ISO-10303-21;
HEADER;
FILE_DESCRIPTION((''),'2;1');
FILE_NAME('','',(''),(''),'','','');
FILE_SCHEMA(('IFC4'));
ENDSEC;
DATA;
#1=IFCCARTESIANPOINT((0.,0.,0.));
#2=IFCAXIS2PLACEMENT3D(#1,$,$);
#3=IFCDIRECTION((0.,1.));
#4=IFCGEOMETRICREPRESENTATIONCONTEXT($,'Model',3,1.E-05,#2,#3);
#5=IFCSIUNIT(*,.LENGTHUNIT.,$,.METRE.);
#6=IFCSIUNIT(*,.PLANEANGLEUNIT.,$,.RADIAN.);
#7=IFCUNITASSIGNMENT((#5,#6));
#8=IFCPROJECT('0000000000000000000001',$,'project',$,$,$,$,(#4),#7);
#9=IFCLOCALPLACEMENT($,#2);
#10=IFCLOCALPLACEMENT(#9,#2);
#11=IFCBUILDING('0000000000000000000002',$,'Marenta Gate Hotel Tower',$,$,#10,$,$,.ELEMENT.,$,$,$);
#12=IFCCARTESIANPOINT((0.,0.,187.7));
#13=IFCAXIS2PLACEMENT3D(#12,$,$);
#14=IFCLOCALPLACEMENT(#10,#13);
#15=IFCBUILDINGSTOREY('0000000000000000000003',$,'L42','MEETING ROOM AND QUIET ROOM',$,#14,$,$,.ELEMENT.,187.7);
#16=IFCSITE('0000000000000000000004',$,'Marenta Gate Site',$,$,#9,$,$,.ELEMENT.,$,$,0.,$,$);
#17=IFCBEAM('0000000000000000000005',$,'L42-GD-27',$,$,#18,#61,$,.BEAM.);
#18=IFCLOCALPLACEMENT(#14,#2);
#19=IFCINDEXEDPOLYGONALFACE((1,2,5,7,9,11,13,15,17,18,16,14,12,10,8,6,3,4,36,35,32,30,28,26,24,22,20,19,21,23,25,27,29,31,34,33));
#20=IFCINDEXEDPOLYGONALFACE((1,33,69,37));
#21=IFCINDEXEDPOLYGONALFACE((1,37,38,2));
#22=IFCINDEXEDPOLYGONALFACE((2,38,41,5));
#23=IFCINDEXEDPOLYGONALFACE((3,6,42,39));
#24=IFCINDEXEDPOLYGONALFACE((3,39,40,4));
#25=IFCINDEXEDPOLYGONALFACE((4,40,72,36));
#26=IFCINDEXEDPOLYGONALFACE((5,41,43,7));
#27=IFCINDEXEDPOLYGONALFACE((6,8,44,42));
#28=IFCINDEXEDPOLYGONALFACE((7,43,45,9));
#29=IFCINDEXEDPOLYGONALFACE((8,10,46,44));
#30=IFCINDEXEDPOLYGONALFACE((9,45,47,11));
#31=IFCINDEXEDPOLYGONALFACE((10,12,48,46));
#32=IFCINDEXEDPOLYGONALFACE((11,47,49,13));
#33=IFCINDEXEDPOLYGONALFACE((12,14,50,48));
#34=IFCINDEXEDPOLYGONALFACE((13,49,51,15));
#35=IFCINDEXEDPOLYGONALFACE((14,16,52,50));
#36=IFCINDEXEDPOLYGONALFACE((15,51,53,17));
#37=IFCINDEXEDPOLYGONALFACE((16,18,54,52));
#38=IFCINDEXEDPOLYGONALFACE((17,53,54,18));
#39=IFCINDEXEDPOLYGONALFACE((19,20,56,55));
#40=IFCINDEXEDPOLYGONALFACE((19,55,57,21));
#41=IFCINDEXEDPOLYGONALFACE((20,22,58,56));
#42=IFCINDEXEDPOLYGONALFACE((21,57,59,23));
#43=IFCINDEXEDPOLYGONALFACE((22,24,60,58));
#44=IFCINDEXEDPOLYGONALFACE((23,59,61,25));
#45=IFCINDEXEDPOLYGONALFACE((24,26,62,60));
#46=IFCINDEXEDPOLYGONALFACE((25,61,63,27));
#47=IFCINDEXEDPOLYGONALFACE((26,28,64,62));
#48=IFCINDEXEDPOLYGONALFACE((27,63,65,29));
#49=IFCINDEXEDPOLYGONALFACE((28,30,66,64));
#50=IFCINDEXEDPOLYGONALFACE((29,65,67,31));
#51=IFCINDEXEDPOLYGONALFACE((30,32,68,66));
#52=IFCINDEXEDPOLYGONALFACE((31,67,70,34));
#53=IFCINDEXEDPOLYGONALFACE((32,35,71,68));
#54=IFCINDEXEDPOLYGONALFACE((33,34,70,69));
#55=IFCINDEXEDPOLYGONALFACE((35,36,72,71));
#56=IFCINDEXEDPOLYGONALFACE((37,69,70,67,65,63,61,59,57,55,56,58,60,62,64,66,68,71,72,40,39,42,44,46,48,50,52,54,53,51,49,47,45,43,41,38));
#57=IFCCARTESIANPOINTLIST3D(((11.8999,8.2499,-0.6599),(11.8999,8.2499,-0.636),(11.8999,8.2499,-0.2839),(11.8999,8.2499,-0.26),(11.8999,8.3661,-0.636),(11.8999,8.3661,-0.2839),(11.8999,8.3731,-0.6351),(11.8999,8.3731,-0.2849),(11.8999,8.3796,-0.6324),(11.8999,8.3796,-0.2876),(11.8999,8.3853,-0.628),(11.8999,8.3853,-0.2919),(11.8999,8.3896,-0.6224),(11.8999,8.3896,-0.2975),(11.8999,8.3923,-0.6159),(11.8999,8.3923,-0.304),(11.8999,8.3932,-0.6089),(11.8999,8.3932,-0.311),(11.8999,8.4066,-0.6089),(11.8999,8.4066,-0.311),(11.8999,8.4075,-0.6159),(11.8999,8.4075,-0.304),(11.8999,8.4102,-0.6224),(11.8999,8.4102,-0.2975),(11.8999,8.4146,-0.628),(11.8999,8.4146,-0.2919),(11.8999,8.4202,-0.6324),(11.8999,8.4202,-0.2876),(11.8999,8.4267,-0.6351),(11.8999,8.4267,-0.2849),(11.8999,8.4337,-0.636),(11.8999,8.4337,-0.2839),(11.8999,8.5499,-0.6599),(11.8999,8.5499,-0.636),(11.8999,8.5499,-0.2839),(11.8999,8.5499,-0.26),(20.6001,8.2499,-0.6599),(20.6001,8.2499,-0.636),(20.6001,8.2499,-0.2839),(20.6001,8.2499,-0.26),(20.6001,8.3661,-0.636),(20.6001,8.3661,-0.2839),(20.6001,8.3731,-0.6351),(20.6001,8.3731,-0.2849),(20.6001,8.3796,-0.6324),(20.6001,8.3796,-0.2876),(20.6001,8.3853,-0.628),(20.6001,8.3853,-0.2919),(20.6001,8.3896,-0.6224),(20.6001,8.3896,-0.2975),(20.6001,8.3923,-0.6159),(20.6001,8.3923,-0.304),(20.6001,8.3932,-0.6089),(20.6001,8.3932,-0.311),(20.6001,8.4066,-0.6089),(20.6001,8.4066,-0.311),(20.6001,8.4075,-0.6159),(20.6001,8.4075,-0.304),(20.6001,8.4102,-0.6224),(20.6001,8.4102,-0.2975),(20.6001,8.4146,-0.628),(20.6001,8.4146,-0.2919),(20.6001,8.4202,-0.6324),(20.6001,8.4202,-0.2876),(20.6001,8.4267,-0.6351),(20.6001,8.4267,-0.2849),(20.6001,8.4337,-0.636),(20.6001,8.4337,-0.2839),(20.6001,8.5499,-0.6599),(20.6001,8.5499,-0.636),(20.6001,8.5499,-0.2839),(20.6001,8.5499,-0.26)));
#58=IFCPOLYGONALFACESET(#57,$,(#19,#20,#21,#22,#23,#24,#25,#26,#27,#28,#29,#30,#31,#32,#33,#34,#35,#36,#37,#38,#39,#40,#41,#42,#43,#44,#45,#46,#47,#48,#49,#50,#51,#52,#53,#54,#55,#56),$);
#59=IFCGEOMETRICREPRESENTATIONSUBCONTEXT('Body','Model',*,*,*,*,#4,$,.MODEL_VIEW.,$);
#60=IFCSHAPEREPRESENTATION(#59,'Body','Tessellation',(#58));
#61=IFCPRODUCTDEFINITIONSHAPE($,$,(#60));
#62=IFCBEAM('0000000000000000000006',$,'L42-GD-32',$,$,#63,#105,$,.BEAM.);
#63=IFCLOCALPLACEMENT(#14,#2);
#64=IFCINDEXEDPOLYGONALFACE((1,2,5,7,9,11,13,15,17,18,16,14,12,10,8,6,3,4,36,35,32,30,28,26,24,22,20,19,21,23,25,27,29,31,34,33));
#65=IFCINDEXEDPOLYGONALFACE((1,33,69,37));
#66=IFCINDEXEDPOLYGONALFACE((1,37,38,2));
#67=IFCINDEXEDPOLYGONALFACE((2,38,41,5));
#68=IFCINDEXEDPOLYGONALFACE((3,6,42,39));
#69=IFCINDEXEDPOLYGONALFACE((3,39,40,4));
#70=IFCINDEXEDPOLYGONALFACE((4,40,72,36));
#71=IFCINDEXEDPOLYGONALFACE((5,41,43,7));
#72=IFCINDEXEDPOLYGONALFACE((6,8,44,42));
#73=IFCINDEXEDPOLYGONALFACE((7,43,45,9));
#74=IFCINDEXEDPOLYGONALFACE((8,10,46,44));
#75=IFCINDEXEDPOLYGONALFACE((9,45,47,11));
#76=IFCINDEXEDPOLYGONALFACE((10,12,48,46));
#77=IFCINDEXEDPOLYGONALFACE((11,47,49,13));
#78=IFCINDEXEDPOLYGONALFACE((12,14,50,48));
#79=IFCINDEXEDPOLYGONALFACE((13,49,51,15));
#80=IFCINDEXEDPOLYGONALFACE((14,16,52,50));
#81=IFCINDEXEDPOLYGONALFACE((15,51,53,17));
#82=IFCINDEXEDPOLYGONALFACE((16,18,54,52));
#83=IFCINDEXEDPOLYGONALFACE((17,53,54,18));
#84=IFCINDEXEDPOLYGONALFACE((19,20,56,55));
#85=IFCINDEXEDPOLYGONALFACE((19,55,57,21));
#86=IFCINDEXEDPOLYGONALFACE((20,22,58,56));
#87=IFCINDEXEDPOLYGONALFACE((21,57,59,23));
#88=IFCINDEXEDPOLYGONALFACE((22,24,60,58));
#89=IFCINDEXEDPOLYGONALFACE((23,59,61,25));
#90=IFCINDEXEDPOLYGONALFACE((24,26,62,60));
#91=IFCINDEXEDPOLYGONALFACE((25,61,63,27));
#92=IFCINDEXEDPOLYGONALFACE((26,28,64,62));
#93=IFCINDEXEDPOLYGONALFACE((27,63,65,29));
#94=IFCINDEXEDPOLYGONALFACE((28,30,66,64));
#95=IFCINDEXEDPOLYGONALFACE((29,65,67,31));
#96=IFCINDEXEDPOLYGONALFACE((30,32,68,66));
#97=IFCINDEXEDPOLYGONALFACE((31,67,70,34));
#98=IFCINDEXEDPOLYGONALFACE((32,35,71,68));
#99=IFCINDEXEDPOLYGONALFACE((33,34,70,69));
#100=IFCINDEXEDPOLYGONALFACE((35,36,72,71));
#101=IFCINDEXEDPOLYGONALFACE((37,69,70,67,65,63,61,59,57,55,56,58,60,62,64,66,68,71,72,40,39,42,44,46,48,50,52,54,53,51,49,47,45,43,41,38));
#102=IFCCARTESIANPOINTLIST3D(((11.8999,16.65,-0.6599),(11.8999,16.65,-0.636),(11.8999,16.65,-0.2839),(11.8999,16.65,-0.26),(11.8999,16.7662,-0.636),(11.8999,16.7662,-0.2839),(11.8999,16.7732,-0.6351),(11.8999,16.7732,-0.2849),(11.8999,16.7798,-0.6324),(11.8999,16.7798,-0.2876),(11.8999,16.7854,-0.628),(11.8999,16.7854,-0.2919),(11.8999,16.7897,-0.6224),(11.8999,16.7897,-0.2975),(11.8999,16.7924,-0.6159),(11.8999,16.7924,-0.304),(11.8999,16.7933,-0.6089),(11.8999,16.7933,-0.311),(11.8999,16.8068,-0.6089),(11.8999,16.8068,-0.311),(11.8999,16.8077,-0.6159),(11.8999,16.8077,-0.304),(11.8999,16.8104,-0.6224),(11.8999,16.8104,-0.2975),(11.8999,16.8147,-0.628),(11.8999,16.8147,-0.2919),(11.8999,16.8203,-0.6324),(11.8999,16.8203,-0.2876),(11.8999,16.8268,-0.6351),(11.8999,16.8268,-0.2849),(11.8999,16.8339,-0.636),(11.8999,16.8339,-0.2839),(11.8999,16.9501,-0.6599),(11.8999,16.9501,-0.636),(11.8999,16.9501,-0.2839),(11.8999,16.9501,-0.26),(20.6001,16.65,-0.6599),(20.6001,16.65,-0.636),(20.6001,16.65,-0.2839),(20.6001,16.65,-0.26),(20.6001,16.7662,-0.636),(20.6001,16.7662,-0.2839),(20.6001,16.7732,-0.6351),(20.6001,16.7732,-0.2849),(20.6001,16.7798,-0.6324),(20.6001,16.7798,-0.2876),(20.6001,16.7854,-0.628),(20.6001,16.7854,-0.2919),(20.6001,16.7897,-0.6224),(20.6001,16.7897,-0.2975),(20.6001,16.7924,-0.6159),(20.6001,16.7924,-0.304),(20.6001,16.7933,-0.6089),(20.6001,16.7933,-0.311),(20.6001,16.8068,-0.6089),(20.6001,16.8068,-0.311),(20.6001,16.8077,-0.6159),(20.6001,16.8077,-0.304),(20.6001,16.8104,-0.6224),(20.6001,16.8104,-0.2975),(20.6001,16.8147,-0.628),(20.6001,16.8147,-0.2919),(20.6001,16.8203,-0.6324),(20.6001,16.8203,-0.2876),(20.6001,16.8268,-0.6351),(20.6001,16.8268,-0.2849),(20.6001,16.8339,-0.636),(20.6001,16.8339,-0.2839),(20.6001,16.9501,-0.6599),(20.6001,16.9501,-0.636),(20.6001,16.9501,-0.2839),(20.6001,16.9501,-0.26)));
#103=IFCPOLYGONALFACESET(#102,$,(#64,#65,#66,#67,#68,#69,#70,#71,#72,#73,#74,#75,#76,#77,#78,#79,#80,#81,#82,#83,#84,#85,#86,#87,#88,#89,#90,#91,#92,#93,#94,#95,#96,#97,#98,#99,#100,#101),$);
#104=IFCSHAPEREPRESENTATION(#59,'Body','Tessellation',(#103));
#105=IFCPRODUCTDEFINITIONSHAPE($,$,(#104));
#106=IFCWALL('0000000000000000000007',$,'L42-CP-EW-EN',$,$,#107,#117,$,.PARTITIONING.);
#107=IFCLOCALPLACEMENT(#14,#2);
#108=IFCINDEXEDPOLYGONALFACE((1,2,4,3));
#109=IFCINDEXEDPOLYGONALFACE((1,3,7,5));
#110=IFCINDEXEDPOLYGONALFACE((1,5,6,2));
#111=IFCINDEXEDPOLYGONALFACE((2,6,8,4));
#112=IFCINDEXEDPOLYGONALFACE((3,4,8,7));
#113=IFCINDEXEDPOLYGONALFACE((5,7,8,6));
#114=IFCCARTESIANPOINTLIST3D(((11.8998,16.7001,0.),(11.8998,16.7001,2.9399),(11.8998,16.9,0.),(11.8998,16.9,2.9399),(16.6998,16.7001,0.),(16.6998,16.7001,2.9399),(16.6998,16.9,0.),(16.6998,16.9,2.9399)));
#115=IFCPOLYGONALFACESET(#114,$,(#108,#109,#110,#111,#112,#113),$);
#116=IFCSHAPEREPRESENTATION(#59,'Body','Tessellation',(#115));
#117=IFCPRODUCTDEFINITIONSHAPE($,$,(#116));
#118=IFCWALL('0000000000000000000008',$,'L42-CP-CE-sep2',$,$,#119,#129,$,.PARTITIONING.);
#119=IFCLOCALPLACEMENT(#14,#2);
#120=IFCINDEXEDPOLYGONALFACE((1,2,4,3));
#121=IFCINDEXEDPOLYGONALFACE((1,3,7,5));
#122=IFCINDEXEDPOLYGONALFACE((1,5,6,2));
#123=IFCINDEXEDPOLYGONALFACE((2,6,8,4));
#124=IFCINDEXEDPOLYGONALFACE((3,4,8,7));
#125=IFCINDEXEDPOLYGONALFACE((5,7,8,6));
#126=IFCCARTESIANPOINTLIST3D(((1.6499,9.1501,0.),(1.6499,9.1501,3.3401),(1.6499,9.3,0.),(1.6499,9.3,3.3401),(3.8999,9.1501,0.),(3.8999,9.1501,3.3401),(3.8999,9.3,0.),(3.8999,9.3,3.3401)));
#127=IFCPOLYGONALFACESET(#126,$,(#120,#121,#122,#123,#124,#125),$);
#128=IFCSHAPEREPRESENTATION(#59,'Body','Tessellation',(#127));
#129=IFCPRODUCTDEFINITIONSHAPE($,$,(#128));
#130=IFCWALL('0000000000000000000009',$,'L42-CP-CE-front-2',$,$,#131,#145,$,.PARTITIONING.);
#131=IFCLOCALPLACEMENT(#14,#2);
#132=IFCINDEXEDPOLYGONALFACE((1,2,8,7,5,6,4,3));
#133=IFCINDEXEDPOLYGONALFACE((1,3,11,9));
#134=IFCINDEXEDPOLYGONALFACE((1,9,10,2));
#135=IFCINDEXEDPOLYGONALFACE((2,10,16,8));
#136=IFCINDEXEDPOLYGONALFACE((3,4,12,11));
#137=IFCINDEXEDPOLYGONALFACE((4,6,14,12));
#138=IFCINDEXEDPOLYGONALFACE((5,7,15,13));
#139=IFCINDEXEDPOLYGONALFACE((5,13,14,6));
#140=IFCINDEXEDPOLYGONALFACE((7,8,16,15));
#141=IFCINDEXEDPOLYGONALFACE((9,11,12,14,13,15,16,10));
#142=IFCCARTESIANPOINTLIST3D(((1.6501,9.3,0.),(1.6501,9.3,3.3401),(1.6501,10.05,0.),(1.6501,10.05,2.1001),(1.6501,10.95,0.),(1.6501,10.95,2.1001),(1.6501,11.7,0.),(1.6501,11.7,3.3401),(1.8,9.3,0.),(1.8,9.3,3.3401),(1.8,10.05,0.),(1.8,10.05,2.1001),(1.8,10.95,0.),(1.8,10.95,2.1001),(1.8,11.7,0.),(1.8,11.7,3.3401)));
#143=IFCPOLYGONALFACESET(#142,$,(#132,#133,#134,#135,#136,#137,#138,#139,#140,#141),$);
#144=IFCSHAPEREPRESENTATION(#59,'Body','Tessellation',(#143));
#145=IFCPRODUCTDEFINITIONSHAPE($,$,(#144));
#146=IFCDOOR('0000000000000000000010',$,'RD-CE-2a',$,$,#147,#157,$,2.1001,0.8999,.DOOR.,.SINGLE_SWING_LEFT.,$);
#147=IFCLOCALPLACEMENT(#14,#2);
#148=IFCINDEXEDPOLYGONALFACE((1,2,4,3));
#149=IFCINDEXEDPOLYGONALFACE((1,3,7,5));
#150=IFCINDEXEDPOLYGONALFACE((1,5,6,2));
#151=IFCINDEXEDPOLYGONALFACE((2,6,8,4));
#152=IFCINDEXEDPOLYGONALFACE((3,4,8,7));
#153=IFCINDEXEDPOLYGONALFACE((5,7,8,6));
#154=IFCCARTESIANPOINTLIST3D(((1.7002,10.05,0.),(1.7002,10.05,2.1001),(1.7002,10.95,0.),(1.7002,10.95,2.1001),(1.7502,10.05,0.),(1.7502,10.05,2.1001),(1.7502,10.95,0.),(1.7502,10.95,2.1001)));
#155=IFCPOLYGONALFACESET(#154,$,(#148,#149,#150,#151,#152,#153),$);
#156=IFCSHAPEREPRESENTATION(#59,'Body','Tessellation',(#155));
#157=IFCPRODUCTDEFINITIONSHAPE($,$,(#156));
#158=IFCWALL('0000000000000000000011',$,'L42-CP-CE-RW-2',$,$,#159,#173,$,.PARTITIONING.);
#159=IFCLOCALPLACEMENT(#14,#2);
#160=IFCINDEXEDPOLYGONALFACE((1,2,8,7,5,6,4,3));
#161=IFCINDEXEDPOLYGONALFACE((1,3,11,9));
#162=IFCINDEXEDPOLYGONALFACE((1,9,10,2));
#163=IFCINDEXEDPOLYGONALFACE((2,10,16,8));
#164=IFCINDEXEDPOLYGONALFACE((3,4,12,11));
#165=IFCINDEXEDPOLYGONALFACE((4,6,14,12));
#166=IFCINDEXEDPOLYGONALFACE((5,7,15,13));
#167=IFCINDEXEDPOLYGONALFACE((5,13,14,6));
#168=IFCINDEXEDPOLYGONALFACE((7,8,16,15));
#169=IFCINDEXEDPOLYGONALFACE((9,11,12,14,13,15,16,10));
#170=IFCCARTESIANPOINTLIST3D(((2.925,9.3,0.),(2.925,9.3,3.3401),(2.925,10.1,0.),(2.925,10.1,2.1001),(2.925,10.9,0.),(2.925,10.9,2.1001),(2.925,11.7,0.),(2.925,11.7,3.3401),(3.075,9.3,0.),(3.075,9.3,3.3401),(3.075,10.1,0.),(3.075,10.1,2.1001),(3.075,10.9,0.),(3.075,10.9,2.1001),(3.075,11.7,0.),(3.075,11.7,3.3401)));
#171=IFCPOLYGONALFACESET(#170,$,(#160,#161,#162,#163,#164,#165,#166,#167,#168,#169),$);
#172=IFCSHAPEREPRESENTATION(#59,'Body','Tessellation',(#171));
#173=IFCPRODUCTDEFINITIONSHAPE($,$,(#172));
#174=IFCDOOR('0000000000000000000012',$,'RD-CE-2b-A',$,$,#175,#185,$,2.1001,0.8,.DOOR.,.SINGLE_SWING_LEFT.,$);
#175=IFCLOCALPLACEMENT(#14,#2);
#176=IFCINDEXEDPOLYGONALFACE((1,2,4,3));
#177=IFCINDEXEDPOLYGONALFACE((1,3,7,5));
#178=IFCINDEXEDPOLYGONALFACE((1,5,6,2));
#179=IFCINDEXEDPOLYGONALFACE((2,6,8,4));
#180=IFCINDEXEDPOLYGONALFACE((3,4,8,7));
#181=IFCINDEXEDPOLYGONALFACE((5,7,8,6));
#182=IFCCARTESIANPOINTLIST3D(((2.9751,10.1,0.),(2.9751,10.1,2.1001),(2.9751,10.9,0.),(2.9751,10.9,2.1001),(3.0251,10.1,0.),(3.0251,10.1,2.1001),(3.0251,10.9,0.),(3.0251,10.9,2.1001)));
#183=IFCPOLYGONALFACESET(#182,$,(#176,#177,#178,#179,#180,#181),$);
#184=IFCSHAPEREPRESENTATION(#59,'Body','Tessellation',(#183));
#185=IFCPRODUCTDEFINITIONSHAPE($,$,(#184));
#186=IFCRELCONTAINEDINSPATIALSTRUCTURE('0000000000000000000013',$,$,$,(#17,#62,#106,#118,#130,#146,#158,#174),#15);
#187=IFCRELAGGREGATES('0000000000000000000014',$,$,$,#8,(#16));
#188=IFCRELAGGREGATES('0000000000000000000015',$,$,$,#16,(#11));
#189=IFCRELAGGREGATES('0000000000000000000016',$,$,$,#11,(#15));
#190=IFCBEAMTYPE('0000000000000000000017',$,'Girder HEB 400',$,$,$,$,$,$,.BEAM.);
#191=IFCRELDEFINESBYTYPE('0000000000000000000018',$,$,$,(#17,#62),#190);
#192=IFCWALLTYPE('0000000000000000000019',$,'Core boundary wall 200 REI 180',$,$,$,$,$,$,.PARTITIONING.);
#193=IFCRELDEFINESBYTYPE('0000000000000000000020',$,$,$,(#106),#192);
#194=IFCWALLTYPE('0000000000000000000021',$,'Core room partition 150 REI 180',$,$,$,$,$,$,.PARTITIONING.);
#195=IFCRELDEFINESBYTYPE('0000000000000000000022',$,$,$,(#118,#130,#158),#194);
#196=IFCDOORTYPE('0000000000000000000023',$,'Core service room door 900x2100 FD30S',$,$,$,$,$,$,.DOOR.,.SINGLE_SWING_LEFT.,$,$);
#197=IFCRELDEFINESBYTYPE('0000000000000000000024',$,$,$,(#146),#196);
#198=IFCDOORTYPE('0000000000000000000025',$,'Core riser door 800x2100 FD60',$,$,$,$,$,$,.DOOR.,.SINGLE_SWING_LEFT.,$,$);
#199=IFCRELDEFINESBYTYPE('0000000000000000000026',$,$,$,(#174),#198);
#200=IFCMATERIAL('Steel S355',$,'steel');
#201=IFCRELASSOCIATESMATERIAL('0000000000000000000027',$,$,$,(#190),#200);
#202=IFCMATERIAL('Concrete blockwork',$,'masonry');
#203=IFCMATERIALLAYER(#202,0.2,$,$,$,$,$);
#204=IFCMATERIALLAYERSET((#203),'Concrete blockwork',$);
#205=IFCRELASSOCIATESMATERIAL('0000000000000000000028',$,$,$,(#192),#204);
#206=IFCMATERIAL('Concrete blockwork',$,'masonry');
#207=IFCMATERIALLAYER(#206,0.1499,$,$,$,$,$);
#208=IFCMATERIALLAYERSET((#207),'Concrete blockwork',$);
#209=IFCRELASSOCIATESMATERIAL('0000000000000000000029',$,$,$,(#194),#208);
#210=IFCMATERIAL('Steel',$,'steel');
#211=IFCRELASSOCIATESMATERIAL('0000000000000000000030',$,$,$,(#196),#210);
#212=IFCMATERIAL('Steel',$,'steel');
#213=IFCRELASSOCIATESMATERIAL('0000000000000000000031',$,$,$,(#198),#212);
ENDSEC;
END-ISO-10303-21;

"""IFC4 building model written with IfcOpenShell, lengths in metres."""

from ifc_helpers import new_model, si_unit, direction, frame, frame_2d, origin, origin_2d, place, context, subcontext, project, spatial, rectangle, i_section, extrude, material, layer, layer_set, material_profile, profile_set, type_object, element, fill, save


model = new_model("IFC4")

# Units and contexts
model_context = context("Model", 3, precision=1e-05, world=origin(), true_north=direction((0.0, 1.0)))
body_context = subcontext(model_context, "Body", "Model", "MODEL_VIEW")
ifc_project = project(units=[si_unit("LENGTHUNIT", "METRE"), si_unit("PLANEANGLEUNIT", "RADIAN")], contexts=[model_context])

# Site, building, storey
site_placement = place(None, origin())
site = spatial("IfcSite", under=ifc_project, at=site_placement, Name="Marenta Gate Site", CompositionType="ELEMENT", RefElevation=0.0)
building_placement = place(site_placement, origin())
building = spatial("IfcBuilding", under=site, at=building_placement, Name="Marenta Gate Hotel Tower", CompositionType="ELEMENT")
storey_placement = place(building_placement, frame((0.0, 0.0, 187.7)))
storey = spatial("IfcBuildingStorey", under=building, at=storey_placement, Name="L42", Description="MEETING ROOM AND QUIET ROOM", CompositionType="ELEMENT", Elevation=187.7)

# Beams
ifc_material_1 = material(Name="Steel S355", Category="steel")
ifc_material_profile_1 = material_profile(ifc_material_1, i_section(OverallWidth=0.3, OverallDepth=0.3999, WebThickness=0.0134, FlangeThickness=0.0239, FilletRadius=0.0271, at=origin_2d()), Name="HEB 400")
ifc_profile_set_1 = profile_set([ifc_material_profile_1], Name="Steel S355")
beam_type_1 = type_object("IfcBeamType", Name="Girder HEB 400", PredefinedType="BEAM", material=ifc_profile_set_1)
for number, where, z_axis, x_axis, name in (
    (1, (11.8999, 8.3999, -0.46), (1.0, 0.0, 0.0), (0.0, 1.0, 0.0), "L42-GD-27"),
    (2, (11.8999, 16.8, -0.46), (1.0, 0.0, 0.0), (0.0, 1.0, 0.0), "L42-GD-32"),
):
    element("IfcBeam", number, at=place(storey_placement, frame(where, z_axis=z_axis, x_axis=x_axis)), inside=storey, type_object=beam_type_1, Name=name, PredefinedType="BEAM", context=body_context, shape_type="SweptSolid", body=[
        extrude(i_section(OverallWidth=0.3, OverallDepth=0.3999, WebThickness=0.0134, FlangeThickness=0.0239, FilletRadius=0.0271, at=origin_2d()), origin(), (0.0, 0.0, 1.0), 8.7002),
    ])

# Walls
ifc_material_2 = material(Name="Concrete blockwork", Category="masonry")
ifc_layer_1 = layer(ifc_material_2, 0.2)
ifc_layer_set_1 = layer_set([ifc_layer_1], Name="Concrete blockwork")
wall_type_1 = type_object("IfcWallType", Name="Core boundary wall 200 REI 180", PredefinedType="PARTITIONING", material=ifc_layer_set_1)
wall_1_placement = place(storey_placement, frame((11.8999, 16.8, 0.0), z_axis=(0.0, 0.0, 1.0), x_axis=(1.0, 0.0, 0.0)))
element("IfcWall", 3, at=wall_1_placement, inside=storey, type_object=wall_type_1, Name="L42-CP-EW-EN", PredefinedType="PARTITIONING", context=body_context, shape_type="SweptSolid", body=[
    extrude(rectangle(XDim=4.8, YDim=0.2, at=frame_2d((2.3999, 0.0))), origin(), (0.0, 0.0, 1.0), 2.9399),
])
ifc_material_3 = material(Name="Concrete blockwork", Category="masonry")
ifc_layer_2 = layer(ifc_material_3, 0.1499)
ifc_layer_set_2 = layer_set([ifc_layer_2], Name="Concrete blockwork")
wall_type_2 = type_object("IfcWallType", Name="Core room partition 150 REI 180", PredefinedType="PARTITIONING", material=ifc_layer_set_2)
wall_2_placement = place(storey_placement, frame((1.6499, 9.2251, 0.0), z_axis=(0.0, 0.0, 1.0), x_axis=(1.0, 0.0, 0.0)))
element("IfcWall", 4, at=wall_2_placement, inside=storey, type_object=wall_type_2, Name="L42-CP-CE-sep2", PredefinedType="PARTITIONING", context=body_context, shape_type="SweptSolid", body=[
    extrude(rectangle(XDim=2.25, YDim=0.1499, at=frame_2d((1.125, 0.0))), origin(), (0.0, 0.0, 1.0), 3.3401),
])

# Walls, openings, doors
wall_3_placement = place(storey_placement, frame((1.7251, 9.3, 0.0), z_axis=(0.0, 0.0, 1.0), x_axis=(0.0, 1.0, 0.0)))
wall_3 = element("IfcWall", 5, at=wall_3_placement, inside=storey, type_object=wall_type_2, Name="L42-CP-CE-front-2", PredefinedType="PARTITIONING", context=body_context, shape_type="SweptSolid", body=[
    extrude(rectangle(XDim=2.3999, YDim=0.1499, at=frame_2d((1.2, 0.0))), origin(), (0.0, 0.0, 1.0), 3.3401),
])
opening_1_placement = place(wall_3_placement, frame((0.75, 0.0, 0.0)))
opening_1 = element("IfcOpeningElement", 6, at=opening_1_placement, cuts=wall_3, PredefinedType="OPENING", context=body_context, shape_type="SweptSolid", body=[
    extrude(rectangle(XDim=0.8999, YDim=2.1001, at=frame_2d((0.45, 1.05))), frame((0.0, 0.075, 0.0), z_axis=(0.0, -1.0, 0.0), x_axis=(1.0, 0.0, 0.0)), (0.0, 0.0, 1.0), 0.1499),
])
ifc_material_4 = material(Name="Steel", Category="steel")
door_type_1 = type_object("IfcDoorType", Name="Core service room door 900x2100 FD30S", OperationType="SINGLE_SWING_LEFT", PredefinedType="DOOR", material=ifc_material_4)
door_1_placement = place(opening_1_placement, origin())
door_1 = element("IfcDoor", 7, at=door_1_placement, inside=storey, type_object=door_type_1, Name="RD-CE-2a", OperationType="SINGLE_SWING_LEFT", OverallHeight=2.1001, OverallWidth=0.8999, PredefinedType="DOOR", context=body_context, shape_type="SweptSolid", body=[
    extrude(rectangle(XDim=0.8999, YDim=2.1001, at=frame_2d((0.45, 1.05))), frame((0.0, 0.0249, 0.0), z_axis=(0.0, -1.0, 0.0), x_axis=(1.0, 0.0, 0.0)), (0.0, 0.0, 1.0), 0.05),
])
fill(opening_1, door_1)
wall_4_placement = place(storey_placement, frame((3.0, 9.3, 0.0), z_axis=(0.0, 0.0, 1.0), x_axis=(0.0, 1.0, 0.0)))
wall_4 = element("IfcWall", 8, at=wall_4_placement, inside=storey, type_object=wall_type_2, Name="L42-CP-CE-RW-2", PredefinedType="PARTITIONING", context=body_context, shape_type="SweptSolid", body=[
    extrude(rectangle(XDim=2.3999, YDim=0.1499, at=frame_2d((1.2, 0.0))), origin(), (0.0, 0.0, 1.0), 3.3401),
])
opening_2_placement = place(wall_4_placement, frame((0.8, 0.0, 0.0)))
opening_2 = element("IfcOpeningElement", 9, at=opening_2_placement, cuts=wall_4, PredefinedType="OPENING", context=body_context, shape_type="SweptSolid", body=[
    extrude(rectangle(XDim=0.8, YDim=2.1001, at=frame_2d((0.3999, 1.05))), frame((0.0, 0.075, 0.0), z_axis=(0.0, -1.0, 0.0), x_axis=(1.0, 0.0, 0.0)), (0.0, 0.0, 1.0), 0.1499),
])
ifc_material_5 = material(Name="Steel", Category="steel")
door_type_2 = type_object("IfcDoorType", Name="Core riser door 800x2100 FD60", OperationType="SINGLE_SWING_LEFT", PredefinedType="DOOR", material=ifc_material_5)
door_2_placement = place(opening_2_placement, origin())
door_2 = element("IfcDoor", 10, at=door_2_placement, inside=storey, type_object=door_type_2, Name="RD-CE-2b-A", OperationType="SINGLE_SWING_LEFT", OverallHeight=2.1001, OverallWidth=0.8, PredefinedType="DOOR", context=body_context, shape_type="SweptSolid", body=[
    extrude(rectangle(XDim=0.8, YDim=2.1001, at=frame_2d((0.3999, 1.05))), frame((0.0, 0.0249, 0.0), z_axis=(0.0, -1.0, 0.0), x_axis=(1.0, 0.0, 0.0)), (0.0, 0.0, 1.0), 0.05),
])
fill(opening_2, door_2)

save(model, "model.ifc")
